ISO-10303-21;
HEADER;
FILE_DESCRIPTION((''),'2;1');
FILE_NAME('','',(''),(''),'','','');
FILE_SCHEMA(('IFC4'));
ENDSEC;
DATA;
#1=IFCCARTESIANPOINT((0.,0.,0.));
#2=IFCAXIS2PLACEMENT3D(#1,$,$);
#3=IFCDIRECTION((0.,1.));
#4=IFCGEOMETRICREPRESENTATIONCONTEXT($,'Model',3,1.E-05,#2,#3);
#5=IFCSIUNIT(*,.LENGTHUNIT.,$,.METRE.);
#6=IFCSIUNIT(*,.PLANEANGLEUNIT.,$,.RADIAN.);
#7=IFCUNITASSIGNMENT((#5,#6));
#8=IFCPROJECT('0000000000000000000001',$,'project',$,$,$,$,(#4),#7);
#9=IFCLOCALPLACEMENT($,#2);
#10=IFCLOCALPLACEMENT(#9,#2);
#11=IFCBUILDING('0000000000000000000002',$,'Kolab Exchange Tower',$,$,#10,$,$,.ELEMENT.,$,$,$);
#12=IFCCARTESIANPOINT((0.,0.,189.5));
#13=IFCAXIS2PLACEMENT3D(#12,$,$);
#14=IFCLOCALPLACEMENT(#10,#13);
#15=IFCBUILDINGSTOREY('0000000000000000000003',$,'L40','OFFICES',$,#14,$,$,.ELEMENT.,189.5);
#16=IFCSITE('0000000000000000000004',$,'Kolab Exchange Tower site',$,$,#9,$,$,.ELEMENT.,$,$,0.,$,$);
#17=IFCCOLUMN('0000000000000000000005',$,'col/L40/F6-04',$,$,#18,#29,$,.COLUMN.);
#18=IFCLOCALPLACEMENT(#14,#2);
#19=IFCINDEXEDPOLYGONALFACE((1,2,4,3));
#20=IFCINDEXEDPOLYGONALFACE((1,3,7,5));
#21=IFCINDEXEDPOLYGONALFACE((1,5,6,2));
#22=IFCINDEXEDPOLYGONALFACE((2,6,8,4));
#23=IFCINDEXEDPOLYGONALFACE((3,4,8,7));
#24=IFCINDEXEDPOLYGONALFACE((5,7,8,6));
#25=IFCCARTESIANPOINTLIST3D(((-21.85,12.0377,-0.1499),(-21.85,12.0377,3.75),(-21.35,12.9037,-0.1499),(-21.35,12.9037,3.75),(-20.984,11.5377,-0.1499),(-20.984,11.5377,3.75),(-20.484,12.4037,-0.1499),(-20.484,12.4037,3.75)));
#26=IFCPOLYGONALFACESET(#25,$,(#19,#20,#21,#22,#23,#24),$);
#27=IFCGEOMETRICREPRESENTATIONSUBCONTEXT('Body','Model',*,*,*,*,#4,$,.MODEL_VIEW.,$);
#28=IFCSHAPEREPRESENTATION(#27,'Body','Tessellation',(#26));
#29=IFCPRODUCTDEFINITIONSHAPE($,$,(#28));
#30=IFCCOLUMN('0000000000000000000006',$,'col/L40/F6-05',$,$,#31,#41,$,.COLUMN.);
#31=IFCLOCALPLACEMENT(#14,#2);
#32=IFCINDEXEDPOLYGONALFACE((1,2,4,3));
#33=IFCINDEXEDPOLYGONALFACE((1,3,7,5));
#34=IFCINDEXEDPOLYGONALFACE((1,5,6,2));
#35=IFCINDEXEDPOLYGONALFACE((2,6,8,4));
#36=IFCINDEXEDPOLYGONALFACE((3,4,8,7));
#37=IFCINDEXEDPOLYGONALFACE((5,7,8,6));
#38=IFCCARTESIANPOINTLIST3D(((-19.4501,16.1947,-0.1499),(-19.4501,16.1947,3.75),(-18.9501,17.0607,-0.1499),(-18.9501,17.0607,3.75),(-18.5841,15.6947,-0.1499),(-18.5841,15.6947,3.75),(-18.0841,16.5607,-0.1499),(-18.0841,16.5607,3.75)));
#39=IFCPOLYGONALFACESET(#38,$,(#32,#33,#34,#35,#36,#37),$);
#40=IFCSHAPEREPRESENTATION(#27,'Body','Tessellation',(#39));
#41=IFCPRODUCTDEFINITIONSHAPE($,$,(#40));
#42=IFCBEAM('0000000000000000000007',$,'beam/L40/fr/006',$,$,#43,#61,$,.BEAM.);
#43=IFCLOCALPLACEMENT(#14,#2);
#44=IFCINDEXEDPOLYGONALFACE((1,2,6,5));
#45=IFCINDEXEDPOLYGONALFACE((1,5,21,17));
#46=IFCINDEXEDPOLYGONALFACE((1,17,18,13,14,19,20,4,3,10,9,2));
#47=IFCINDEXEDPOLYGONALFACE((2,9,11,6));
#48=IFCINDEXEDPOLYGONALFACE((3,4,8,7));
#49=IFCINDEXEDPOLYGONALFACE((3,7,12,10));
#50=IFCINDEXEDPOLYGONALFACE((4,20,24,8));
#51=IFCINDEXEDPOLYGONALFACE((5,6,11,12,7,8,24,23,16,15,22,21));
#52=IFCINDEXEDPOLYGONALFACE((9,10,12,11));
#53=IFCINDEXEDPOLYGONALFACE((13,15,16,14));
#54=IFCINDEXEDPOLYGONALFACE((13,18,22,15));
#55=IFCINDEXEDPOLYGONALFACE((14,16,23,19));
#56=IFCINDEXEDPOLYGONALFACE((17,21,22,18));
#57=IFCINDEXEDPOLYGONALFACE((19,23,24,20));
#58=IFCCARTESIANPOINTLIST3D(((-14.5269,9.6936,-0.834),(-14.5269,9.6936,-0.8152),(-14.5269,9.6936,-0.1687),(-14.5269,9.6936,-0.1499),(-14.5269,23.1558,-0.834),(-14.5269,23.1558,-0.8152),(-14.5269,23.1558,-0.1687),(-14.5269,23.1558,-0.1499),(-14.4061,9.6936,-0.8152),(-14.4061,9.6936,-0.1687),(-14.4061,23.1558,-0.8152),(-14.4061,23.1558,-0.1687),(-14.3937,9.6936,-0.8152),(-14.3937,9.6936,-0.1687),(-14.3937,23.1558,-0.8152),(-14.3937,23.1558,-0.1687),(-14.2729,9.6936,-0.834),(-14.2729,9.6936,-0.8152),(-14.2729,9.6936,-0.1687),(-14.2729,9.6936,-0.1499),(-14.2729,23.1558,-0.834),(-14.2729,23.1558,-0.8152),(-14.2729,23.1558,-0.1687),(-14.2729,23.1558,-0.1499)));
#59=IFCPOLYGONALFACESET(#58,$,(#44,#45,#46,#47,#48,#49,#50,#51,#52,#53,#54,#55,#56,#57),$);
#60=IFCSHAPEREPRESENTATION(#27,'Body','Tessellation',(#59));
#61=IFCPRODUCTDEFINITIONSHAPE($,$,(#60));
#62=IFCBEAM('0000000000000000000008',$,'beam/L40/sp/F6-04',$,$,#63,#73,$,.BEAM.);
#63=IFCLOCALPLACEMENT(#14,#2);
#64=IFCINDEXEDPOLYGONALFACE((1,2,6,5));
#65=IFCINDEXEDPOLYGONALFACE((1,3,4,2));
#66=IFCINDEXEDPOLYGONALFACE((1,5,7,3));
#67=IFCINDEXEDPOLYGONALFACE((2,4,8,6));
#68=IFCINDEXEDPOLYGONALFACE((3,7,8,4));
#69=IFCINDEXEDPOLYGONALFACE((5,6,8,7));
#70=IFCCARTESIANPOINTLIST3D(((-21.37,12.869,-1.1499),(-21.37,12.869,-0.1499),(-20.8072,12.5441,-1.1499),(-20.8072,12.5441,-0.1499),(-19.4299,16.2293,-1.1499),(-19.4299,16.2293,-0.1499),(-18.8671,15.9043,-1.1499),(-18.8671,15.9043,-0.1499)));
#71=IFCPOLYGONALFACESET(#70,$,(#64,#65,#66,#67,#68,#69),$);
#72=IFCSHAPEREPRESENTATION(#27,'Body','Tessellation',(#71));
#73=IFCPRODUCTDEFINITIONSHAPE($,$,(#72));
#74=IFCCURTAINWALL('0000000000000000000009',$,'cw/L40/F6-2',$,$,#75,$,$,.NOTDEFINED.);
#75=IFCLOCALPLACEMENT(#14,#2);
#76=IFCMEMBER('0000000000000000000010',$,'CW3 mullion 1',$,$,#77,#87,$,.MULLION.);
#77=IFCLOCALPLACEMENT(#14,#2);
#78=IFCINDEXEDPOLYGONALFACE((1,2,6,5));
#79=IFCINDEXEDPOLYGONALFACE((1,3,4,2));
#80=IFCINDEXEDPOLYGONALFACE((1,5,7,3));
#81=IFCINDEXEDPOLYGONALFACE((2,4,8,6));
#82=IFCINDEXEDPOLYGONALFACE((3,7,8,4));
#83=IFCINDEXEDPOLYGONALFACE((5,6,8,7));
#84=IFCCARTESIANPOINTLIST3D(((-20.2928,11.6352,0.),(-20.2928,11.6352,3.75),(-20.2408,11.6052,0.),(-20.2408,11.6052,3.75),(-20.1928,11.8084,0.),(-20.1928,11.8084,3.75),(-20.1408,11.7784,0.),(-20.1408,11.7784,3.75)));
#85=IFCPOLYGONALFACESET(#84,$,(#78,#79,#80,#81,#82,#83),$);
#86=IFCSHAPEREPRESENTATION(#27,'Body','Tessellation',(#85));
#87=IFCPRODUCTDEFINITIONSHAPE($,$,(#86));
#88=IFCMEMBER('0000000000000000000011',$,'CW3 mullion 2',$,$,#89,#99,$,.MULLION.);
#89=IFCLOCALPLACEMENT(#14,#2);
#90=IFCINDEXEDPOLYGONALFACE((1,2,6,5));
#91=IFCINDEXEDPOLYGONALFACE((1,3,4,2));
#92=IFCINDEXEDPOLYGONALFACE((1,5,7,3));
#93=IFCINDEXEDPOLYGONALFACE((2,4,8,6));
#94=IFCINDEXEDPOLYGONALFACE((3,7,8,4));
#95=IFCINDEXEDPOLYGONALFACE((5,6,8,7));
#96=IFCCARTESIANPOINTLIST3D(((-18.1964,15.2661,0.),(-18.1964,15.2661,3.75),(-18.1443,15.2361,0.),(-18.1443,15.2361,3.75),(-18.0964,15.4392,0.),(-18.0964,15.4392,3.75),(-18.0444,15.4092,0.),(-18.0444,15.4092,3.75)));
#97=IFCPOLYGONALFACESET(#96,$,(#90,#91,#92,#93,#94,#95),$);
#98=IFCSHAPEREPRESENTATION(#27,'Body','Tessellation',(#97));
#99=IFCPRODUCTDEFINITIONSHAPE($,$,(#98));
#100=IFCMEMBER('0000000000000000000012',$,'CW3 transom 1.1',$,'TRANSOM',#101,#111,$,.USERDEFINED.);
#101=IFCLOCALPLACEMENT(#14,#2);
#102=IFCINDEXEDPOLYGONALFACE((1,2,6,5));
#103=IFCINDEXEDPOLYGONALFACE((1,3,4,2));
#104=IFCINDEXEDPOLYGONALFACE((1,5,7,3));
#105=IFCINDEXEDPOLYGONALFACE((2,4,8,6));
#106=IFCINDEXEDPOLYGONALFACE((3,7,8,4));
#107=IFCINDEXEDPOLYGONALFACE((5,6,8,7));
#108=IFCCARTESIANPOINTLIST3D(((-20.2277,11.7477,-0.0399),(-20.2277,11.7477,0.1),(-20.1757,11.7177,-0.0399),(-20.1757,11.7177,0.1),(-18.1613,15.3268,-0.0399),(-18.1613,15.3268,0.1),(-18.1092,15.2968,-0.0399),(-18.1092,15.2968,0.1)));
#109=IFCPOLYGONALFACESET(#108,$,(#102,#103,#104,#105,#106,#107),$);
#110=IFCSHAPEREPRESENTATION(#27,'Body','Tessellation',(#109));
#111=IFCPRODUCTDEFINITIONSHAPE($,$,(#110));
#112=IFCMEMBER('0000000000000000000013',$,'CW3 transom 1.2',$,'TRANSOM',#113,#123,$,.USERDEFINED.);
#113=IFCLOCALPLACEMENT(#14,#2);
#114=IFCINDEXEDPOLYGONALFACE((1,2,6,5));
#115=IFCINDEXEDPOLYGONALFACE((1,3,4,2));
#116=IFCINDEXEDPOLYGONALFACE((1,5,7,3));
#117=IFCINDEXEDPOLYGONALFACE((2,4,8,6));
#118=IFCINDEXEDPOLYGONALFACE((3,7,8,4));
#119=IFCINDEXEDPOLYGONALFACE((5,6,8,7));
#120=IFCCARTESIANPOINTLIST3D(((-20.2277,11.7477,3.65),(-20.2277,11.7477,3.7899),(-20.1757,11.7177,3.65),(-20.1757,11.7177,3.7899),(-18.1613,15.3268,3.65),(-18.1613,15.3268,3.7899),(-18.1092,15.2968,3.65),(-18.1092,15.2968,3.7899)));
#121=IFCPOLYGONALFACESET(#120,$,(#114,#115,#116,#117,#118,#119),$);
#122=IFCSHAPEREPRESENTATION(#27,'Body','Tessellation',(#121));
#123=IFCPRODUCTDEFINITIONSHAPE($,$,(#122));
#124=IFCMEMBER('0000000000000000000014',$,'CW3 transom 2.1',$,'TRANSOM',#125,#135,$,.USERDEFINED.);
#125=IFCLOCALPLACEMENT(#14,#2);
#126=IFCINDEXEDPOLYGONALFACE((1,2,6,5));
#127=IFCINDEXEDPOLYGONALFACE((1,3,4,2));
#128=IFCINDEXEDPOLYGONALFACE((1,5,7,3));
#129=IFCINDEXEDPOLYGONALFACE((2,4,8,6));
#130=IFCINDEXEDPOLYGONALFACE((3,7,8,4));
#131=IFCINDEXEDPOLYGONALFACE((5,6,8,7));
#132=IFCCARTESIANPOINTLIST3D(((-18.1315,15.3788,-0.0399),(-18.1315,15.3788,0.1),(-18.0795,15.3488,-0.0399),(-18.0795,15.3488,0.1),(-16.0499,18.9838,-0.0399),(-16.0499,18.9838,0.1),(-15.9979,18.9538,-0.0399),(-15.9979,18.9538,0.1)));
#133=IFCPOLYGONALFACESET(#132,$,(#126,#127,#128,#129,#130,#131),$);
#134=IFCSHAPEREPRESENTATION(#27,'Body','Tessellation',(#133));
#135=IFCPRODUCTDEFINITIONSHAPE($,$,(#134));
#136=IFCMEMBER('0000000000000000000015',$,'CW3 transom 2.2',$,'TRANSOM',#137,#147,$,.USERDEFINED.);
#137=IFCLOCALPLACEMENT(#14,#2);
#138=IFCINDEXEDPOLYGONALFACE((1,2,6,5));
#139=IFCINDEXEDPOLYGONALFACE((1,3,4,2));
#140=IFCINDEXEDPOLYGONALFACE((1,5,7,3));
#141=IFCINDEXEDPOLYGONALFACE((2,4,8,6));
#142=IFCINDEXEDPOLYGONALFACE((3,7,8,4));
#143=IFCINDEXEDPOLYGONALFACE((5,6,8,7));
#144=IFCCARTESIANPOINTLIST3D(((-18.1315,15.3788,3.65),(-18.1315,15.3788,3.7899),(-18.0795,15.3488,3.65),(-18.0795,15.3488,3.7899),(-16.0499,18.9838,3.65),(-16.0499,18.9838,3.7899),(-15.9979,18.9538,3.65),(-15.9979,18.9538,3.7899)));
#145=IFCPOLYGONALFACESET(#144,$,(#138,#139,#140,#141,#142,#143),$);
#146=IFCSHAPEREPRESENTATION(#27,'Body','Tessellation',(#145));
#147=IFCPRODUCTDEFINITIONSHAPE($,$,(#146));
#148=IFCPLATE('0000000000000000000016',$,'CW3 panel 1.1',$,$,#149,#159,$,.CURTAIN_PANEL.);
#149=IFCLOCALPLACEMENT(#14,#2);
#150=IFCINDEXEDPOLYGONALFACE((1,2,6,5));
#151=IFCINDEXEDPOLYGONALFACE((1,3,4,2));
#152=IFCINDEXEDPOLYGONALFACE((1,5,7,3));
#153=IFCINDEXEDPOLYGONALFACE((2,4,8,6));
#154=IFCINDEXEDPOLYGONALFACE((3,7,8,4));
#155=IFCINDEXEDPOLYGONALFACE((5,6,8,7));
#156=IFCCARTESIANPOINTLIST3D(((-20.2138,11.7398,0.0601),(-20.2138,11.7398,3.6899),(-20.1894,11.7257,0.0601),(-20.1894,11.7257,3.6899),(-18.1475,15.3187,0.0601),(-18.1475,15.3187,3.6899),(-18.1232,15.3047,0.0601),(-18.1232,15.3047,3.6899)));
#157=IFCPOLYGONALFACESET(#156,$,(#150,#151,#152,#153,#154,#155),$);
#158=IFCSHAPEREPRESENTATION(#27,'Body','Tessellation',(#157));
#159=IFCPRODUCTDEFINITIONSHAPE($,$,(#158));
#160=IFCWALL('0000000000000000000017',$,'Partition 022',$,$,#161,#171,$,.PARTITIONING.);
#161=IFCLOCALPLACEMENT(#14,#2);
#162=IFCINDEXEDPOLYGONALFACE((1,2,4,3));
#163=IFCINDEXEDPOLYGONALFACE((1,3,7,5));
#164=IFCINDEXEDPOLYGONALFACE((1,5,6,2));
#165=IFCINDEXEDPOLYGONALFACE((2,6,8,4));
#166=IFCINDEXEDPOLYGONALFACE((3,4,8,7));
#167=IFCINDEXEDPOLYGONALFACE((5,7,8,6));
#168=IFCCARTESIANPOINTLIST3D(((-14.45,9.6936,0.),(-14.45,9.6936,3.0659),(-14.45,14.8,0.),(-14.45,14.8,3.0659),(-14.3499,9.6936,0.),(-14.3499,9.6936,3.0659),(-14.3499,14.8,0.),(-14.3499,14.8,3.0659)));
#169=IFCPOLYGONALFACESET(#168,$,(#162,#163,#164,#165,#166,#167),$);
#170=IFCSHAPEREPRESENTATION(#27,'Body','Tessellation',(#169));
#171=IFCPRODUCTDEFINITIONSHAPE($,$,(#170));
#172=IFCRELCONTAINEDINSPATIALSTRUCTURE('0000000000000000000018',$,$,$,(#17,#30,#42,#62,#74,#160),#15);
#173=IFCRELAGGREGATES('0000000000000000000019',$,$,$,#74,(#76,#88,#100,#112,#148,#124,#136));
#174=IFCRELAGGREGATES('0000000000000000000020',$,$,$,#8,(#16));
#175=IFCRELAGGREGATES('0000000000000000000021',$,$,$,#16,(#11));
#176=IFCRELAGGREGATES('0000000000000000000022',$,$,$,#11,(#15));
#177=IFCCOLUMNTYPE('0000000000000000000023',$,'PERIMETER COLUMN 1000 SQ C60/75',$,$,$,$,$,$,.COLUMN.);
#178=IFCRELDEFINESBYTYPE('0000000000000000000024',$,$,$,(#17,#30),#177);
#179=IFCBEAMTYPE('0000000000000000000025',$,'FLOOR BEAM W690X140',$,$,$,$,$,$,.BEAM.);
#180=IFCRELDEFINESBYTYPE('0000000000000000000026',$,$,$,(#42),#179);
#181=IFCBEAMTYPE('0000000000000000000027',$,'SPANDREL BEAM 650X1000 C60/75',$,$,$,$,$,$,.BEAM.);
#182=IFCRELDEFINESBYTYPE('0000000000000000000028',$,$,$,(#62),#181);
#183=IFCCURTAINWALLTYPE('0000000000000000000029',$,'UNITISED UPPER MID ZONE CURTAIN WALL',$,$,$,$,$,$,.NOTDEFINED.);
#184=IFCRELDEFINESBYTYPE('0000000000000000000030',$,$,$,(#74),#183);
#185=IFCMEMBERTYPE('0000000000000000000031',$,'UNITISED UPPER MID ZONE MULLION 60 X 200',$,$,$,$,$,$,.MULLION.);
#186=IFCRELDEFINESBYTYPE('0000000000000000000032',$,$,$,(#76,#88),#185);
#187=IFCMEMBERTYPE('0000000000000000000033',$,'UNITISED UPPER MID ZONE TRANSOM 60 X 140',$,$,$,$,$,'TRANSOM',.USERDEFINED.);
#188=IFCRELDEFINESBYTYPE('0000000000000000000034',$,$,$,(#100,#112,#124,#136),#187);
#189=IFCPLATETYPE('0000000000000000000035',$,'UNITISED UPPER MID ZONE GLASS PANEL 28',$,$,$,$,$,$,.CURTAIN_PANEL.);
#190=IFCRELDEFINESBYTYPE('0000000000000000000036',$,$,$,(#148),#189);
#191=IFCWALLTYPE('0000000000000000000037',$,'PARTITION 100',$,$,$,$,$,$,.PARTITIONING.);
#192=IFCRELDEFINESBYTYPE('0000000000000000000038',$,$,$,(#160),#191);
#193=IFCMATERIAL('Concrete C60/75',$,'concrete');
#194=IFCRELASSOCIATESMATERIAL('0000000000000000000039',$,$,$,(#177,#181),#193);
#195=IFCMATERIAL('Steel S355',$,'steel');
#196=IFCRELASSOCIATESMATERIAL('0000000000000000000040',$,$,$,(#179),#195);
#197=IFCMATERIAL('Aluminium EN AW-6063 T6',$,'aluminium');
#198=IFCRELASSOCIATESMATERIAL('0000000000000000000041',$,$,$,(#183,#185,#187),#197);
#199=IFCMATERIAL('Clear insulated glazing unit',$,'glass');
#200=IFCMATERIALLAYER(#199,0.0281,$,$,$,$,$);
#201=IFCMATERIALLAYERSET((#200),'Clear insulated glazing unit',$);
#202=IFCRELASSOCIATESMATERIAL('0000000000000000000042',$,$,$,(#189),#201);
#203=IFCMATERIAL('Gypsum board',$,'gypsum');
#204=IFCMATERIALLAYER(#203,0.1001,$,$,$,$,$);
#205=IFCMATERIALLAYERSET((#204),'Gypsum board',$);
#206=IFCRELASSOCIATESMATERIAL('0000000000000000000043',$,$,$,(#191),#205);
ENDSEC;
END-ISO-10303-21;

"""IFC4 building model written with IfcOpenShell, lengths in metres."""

from ifc_helpers import new_model, si_unit, direction, frame, frame_2d, origin, origin_2d, place, context, subcontext, project, spatial, rectangle, i_section, extrude, material, layer, layer_set, material_profile, profile_set, type_object, element, aggregate, save


model = new_model("IFC4")

# Units and contexts
model_context = context("Model", 3, precision=1e-05, world=origin(), true_north=direction((0.0, 1.0)))
body_context = subcontext(model_context, "Body", "Model", "MODEL_VIEW")
ifc_project = project(units=[si_unit("LENGTHUNIT", "METRE"), si_unit("PLANEANGLEUNIT", "RADIAN")], contexts=[model_context])

# Site, building, storey
site_placement = place(None, origin())
site = spatial("IfcSite", under=ifc_project, at=site_placement, Name="Kolab Exchange Tower site", CompositionType="ELEMENT", RefElevation=0.0)
building_placement = place(site_placement, origin())
building = spatial("IfcBuilding", under=site, at=building_placement, Name="Kolab Exchange Tower", CompositionType="ELEMENT")
storey_placement = place(building_placement, frame((0.0, 0.0, 189.5)))
storey = spatial("IfcBuildingStorey", under=building, at=storey_placement, Name="L40", Description="OFFICES", CompositionType="ELEMENT", Elevation=189.5)

# Columns
ifc_material_1 = material(Name="Concrete C60/75", Category="concrete")
ifc_material_profile_1 = material_profile(ifc_material_1, rectangle(XDim=1.0, YDim=1.0, at=origin_2d()), Name="RC1000")
ifc_profile_set_1 = profile_set([ifc_material_profile_1], Name="Concrete C60/75")
column_type = type_object("IfcColumnType", Name="PERIMETER COLUMN 1000 SQ C60/75", PredefinedType="COLUMN", material=ifc_profile_set_1)
for number, where, z_axis, x_axis, name in (
    (1, (-21.167, 12.2207, -0.1499), (0.0, 0.0, 1.0), (0.5, 0.866025, 0.0), "col/L40/F6-04"),
    (2, (-18.7671, 16.3777, -0.1499), (0.0, 0.0, 1.0), (0.5, 0.866025, 0.0), "col/L40/F6-05"),
):
    element("IfcColumn", number, at=place(storey_placement, frame(where, z_axis=z_axis, x_axis=x_axis)), inside=storey, type_object=column_type, Name=name, PredefinedType="COLUMN", context=body_context, shape_type="SweptSolid", body=[
        extrude(rectangle(XDim=1.0, YDim=1.0, at=origin_2d()), origin(), (0.0, 0.0, 1.0), 3.8999),
    ])

# Beams
ifc_material_2 = material(Name="Steel S355", Category="steel")
ifc_material_profile_2 = material_profile(ifc_material_2, i_section(OverallWidth=0.2539, OverallDepth=0.6841, WebThickness=0.0125, FlangeThickness=0.0188, at=origin_2d()), Name="W690X140")
ifc_profile_set_2 = profile_set([ifc_material_profile_2], Name="Steel S355")
beam_type_1 = type_object("IfcBeamType", Name="FLOOR BEAM W690X140", PredefinedType="BEAM", material=ifc_profile_set_2)
beam_1_placement = place(storey_placement, frame((-14.3999, 9.6936, -0.4919), z_axis=(0.0, 1.0, 0.0), x_axis=(-1.0, 0.0, 0.0)))
element("IfcBeam", 3, at=beam_1_placement, inside=storey, type_object=beam_type_1, Name="beam/L40/fr/006", PredefinedType="BEAM", context=body_context, shape_type="SweptSolid", body=[
    extrude(i_section(OverallWidth=0.2539, OverallDepth=0.6841, WebThickness=0.0125, FlangeThickness=0.0188, at=origin_2d()), origin(), (0.0, 0.0, 1.0), 13.4622),
])
ifc_material_profile_3 = material_profile(ifc_material_1, rectangle(XDim=0.6499, YDim=1.0, at=origin_2d()), Name="RC650X1000")
ifc_profile_set_3 = profile_set([ifc_material_profile_3], Name="Concrete C60/75")
beam_type_2 = type_object("IfcBeamType", Name="SPANDREL BEAM 650X1000 C60/75", PredefinedType="BEAM", material=ifc_profile_set_3)
beam_2_placement = place(storey_placement, frame((-21.0886, 12.7065, -0.6499), z_axis=(0.500017, 0.866016, 0.0), x_axis=(-0.866016, 0.500017, 0.0)))
element("IfcBeam", 4, at=beam_2_placement, inside=storey, type_object=beam_type_2, Name="beam/L40/sp/F6-04", PredefinedType="BEAM", context=body_context, shape_type="SweptSolid", body=[
    extrude(rectangle(XDim=0.6499, YDim=1.0, at=origin_2d()), origin(), (0.0, 0.0, 1.0), 3.8801),
])

# Curtain wall, members, plate
ifc_material_3 = material(Name="Aluminium EN AW-6063 T6", Category="aluminium")
curtain_wall_type = type_object("IfcCurtainWallType", Name="UNITISED UPPER MID ZONE CURTAIN WALL", PredefinedType="NOTDEFINED", material=ifc_material_3)
curtain_wall_placement = place(storey_placement, origin())
curtain_wall = element("IfcCurtainWall", 5, at=curtain_wall_placement, inside=storey, type_object=curtain_wall_type, Name="cw/L40/F6-2", PredefinedType="NOTDEFINED")
ifc_material_profile_4 = material_profile(ifc_material_3, rectangle(XDim=0.0601, YDim=0.2, at=origin_2d()), Name="RECT 60X200")
ifc_profile_set_4 = profile_set([ifc_material_profile_4], Name="Aluminium EN AW-6063 T6")
member_type_1 = type_object("IfcMemberType", Name="UNITISED UPPER MID ZONE MULLION 60 X 200", PredefinedType="MULLION", material=ifc_profile_set_4)
member_1_placement = place(storey_placement, frame((-20.2168, 11.7068, 0.0), z_axis=(0.0, 0.0, 1.0), x_axis=(-0.866025, 0.5, 0.0)))
member_1 = element("IfcMember", 6, at=member_1_placement, type_object=member_type_1, Name="CW3 mullion 1", PredefinedType="MULLION", context=body_context, shape_type="SweptSolid", body=[
    extrude(rectangle(XDim=0.0601, YDim=0.2, at=origin_2d()), origin(), (0.0, 0.0, 1.0), 3.75),
])
member_2_placement = place(storey_placement, frame((-18.1204, 15.3376, 0.0), z_axis=(0.0, 0.0, 1.0), x_axis=(-0.866025, 0.5, 0.0)))
member_2 = element("IfcMember", 7, at=member_2_placement, type_object=member_type_1, Name="CW3 mullion 2", PredefinedType="MULLION", context=body_context, shape_type="SweptSolid", body=[
    extrude(rectangle(XDim=0.0601, YDim=0.2, at=origin_2d()), origin(), (0.0, 0.0, 1.0), 3.75),
])
ifc_material_profile_5 = material_profile(ifc_material_3, rectangle(XDim=0.0601, YDim=0.1399, at=origin_2d()), Name="RECT 60X140")
ifc_profile_set_5 = profile_set([ifc_material_profile_5], Name="Aluminium EN AW-6063 T6")
member_type_2 = type_object("IfcMemberType", Name="UNITISED UPPER MID ZONE TRANSOM 60 X 140", ElementType="TRANSOM", PredefinedType="USERDEFINED", material=ifc_profile_set_5)
member_3_placement = place(storey_placement, frame((-20.2017, 11.7327, 0.03), z_axis=(0.500002, 0.866024, 0.0), x_axis=(-0.866024, 0.500002, 0.0)))
member_3 = element("IfcMember", 8, at=member_3_placement, type_object=member_type_2, Name="CW3 transom 1.1", ObjectType="TRANSOM", PredefinedType="USERDEFINED", context=body_context, shape_type="SweptSolid", body=[
    extrude(rectangle(XDim=0.0601, YDim=0.1399, at=origin_2d()), origin(), (0.0, 0.0, 1.0), 4.1328),
])
member_4_placement = place(storey_placement, frame((-20.2017, 11.7327, 3.72), z_axis=(0.500002, 0.866024, 0.0), x_axis=(-0.866024, 0.500002, 0.0)))
member_4 = element("IfcMember", 9, at=member_4_placement, type_object=member_type_2, Name="CW3 transom 1.2", ObjectType="TRANSOM", PredefinedType="USERDEFINED", context=body_context, shape_type="SweptSolid", body=[
    extrude(rectangle(XDim=0.0601, YDim=0.1399, at=origin_2d()), origin(), (0.0, 0.0, 1.0), 4.1328),
])
member_5_placement = place(storey_placement, frame((-18.1055, 15.3638, 0.03), z_axis=(0.500037, 0.866004, 0.0), x_axis=(-0.866004, 0.500037, 0.0)))
member_5 = element("IfcMember", 10, at=member_5_placement, type_object=member_type_2, Name="CW3 transom 2.1", ObjectType="TRANSOM", PredefinedType="USERDEFINED", context=body_context, shape_type="SweptSolid", body=[
    extrude(rectangle(XDim=0.0601, YDim=0.1399, at=origin_2d()), origin(), (0.0, 0.0, 1.0), 4.1628),
])
member_6_placement = place(storey_placement, frame((-18.1055, 15.3638, 3.72), z_axis=(0.500037, 0.866004, 0.0), x_axis=(-0.866004, 0.500037, 0.0)))
member_6 = element("IfcMember", 11, at=member_6_placement, type_object=member_type_2, Name="CW3 transom 2.2", ObjectType="TRANSOM", PredefinedType="USERDEFINED", context=body_context, shape_type="SweptSolid", body=[
    extrude(rectangle(XDim=0.0601, YDim=0.1399, at=origin_2d()), origin(), (0.0, 0.0, 1.0), 4.1628),
])
ifc_material_4 = material(Name="Clear insulated glazing unit", Category="glass")
ifc_layer_1 = layer(ifc_material_4, 0.0281)
ifc_layer_set_1 = layer_set([ifc_layer_1], Name="Clear insulated glazing unit")
plate_type = type_object("IfcPlateType", Name="UNITISED UPPER MID ZONE GLASS PANEL 28", PredefinedType="CURTAIN_PANEL", material=ifc_layer_set_1)
plate_placement = place(storey_placement, frame((-19.1685, 13.5222, 0.0601), z_axis=(0.0, 0.0, 1.0), x_axis=(0.5, 0.866025, 0.0)))
plate = element("IfcPlate", 12, at=plate_placement, type_object=plate_type, Name="CW3 panel 1.1", PredefinedType="CURTAIN_PANEL", context=body_context, shape_type="SweptSolid", body=[
    extrude(rectangle(XDim=4.1326, YDim=0.0281, at=origin_2d()), origin(), (0.0, 0.0, 1.0), 3.6299),
])
aggregate(curtain_wall, [member_1, member_2, member_3, member_4, plate, member_5, member_6])

# Wall
ifc_material_5 = material(Name="Gypsum board", Category="gypsum")
ifc_layer_2 = layer(ifc_material_5, 0.1001)
ifc_layer_set_2 = layer_set([ifc_layer_2], Name="Gypsum board")
wall_type_1 = type_object("IfcWallType", Name="PARTITION 100", PredefinedType="PARTITIONING", material=ifc_layer_set_2)
wall_1_placement = place(storey_placement, frame((-14.3999, 9.6936, 0.0), z_axis=(0.0, 0.0, 1.0), x_axis=(0.0, 1.0, 0.0)))
element("IfcWall", 13, at=wall_1_placement, inside=storey, type_object=wall_type_1, Name="Partition 022", PredefinedType="PARTITIONING", context=body_context, shape_type="SweptSolid", body=[
    extrude(rectangle(XDim=5.1064, YDim=0.1001, at=frame_2d((2.5532, 0.0))), origin(), (0.0, 0.0, 1.0), 3.0659),
])

save(model, "model.ifc")
